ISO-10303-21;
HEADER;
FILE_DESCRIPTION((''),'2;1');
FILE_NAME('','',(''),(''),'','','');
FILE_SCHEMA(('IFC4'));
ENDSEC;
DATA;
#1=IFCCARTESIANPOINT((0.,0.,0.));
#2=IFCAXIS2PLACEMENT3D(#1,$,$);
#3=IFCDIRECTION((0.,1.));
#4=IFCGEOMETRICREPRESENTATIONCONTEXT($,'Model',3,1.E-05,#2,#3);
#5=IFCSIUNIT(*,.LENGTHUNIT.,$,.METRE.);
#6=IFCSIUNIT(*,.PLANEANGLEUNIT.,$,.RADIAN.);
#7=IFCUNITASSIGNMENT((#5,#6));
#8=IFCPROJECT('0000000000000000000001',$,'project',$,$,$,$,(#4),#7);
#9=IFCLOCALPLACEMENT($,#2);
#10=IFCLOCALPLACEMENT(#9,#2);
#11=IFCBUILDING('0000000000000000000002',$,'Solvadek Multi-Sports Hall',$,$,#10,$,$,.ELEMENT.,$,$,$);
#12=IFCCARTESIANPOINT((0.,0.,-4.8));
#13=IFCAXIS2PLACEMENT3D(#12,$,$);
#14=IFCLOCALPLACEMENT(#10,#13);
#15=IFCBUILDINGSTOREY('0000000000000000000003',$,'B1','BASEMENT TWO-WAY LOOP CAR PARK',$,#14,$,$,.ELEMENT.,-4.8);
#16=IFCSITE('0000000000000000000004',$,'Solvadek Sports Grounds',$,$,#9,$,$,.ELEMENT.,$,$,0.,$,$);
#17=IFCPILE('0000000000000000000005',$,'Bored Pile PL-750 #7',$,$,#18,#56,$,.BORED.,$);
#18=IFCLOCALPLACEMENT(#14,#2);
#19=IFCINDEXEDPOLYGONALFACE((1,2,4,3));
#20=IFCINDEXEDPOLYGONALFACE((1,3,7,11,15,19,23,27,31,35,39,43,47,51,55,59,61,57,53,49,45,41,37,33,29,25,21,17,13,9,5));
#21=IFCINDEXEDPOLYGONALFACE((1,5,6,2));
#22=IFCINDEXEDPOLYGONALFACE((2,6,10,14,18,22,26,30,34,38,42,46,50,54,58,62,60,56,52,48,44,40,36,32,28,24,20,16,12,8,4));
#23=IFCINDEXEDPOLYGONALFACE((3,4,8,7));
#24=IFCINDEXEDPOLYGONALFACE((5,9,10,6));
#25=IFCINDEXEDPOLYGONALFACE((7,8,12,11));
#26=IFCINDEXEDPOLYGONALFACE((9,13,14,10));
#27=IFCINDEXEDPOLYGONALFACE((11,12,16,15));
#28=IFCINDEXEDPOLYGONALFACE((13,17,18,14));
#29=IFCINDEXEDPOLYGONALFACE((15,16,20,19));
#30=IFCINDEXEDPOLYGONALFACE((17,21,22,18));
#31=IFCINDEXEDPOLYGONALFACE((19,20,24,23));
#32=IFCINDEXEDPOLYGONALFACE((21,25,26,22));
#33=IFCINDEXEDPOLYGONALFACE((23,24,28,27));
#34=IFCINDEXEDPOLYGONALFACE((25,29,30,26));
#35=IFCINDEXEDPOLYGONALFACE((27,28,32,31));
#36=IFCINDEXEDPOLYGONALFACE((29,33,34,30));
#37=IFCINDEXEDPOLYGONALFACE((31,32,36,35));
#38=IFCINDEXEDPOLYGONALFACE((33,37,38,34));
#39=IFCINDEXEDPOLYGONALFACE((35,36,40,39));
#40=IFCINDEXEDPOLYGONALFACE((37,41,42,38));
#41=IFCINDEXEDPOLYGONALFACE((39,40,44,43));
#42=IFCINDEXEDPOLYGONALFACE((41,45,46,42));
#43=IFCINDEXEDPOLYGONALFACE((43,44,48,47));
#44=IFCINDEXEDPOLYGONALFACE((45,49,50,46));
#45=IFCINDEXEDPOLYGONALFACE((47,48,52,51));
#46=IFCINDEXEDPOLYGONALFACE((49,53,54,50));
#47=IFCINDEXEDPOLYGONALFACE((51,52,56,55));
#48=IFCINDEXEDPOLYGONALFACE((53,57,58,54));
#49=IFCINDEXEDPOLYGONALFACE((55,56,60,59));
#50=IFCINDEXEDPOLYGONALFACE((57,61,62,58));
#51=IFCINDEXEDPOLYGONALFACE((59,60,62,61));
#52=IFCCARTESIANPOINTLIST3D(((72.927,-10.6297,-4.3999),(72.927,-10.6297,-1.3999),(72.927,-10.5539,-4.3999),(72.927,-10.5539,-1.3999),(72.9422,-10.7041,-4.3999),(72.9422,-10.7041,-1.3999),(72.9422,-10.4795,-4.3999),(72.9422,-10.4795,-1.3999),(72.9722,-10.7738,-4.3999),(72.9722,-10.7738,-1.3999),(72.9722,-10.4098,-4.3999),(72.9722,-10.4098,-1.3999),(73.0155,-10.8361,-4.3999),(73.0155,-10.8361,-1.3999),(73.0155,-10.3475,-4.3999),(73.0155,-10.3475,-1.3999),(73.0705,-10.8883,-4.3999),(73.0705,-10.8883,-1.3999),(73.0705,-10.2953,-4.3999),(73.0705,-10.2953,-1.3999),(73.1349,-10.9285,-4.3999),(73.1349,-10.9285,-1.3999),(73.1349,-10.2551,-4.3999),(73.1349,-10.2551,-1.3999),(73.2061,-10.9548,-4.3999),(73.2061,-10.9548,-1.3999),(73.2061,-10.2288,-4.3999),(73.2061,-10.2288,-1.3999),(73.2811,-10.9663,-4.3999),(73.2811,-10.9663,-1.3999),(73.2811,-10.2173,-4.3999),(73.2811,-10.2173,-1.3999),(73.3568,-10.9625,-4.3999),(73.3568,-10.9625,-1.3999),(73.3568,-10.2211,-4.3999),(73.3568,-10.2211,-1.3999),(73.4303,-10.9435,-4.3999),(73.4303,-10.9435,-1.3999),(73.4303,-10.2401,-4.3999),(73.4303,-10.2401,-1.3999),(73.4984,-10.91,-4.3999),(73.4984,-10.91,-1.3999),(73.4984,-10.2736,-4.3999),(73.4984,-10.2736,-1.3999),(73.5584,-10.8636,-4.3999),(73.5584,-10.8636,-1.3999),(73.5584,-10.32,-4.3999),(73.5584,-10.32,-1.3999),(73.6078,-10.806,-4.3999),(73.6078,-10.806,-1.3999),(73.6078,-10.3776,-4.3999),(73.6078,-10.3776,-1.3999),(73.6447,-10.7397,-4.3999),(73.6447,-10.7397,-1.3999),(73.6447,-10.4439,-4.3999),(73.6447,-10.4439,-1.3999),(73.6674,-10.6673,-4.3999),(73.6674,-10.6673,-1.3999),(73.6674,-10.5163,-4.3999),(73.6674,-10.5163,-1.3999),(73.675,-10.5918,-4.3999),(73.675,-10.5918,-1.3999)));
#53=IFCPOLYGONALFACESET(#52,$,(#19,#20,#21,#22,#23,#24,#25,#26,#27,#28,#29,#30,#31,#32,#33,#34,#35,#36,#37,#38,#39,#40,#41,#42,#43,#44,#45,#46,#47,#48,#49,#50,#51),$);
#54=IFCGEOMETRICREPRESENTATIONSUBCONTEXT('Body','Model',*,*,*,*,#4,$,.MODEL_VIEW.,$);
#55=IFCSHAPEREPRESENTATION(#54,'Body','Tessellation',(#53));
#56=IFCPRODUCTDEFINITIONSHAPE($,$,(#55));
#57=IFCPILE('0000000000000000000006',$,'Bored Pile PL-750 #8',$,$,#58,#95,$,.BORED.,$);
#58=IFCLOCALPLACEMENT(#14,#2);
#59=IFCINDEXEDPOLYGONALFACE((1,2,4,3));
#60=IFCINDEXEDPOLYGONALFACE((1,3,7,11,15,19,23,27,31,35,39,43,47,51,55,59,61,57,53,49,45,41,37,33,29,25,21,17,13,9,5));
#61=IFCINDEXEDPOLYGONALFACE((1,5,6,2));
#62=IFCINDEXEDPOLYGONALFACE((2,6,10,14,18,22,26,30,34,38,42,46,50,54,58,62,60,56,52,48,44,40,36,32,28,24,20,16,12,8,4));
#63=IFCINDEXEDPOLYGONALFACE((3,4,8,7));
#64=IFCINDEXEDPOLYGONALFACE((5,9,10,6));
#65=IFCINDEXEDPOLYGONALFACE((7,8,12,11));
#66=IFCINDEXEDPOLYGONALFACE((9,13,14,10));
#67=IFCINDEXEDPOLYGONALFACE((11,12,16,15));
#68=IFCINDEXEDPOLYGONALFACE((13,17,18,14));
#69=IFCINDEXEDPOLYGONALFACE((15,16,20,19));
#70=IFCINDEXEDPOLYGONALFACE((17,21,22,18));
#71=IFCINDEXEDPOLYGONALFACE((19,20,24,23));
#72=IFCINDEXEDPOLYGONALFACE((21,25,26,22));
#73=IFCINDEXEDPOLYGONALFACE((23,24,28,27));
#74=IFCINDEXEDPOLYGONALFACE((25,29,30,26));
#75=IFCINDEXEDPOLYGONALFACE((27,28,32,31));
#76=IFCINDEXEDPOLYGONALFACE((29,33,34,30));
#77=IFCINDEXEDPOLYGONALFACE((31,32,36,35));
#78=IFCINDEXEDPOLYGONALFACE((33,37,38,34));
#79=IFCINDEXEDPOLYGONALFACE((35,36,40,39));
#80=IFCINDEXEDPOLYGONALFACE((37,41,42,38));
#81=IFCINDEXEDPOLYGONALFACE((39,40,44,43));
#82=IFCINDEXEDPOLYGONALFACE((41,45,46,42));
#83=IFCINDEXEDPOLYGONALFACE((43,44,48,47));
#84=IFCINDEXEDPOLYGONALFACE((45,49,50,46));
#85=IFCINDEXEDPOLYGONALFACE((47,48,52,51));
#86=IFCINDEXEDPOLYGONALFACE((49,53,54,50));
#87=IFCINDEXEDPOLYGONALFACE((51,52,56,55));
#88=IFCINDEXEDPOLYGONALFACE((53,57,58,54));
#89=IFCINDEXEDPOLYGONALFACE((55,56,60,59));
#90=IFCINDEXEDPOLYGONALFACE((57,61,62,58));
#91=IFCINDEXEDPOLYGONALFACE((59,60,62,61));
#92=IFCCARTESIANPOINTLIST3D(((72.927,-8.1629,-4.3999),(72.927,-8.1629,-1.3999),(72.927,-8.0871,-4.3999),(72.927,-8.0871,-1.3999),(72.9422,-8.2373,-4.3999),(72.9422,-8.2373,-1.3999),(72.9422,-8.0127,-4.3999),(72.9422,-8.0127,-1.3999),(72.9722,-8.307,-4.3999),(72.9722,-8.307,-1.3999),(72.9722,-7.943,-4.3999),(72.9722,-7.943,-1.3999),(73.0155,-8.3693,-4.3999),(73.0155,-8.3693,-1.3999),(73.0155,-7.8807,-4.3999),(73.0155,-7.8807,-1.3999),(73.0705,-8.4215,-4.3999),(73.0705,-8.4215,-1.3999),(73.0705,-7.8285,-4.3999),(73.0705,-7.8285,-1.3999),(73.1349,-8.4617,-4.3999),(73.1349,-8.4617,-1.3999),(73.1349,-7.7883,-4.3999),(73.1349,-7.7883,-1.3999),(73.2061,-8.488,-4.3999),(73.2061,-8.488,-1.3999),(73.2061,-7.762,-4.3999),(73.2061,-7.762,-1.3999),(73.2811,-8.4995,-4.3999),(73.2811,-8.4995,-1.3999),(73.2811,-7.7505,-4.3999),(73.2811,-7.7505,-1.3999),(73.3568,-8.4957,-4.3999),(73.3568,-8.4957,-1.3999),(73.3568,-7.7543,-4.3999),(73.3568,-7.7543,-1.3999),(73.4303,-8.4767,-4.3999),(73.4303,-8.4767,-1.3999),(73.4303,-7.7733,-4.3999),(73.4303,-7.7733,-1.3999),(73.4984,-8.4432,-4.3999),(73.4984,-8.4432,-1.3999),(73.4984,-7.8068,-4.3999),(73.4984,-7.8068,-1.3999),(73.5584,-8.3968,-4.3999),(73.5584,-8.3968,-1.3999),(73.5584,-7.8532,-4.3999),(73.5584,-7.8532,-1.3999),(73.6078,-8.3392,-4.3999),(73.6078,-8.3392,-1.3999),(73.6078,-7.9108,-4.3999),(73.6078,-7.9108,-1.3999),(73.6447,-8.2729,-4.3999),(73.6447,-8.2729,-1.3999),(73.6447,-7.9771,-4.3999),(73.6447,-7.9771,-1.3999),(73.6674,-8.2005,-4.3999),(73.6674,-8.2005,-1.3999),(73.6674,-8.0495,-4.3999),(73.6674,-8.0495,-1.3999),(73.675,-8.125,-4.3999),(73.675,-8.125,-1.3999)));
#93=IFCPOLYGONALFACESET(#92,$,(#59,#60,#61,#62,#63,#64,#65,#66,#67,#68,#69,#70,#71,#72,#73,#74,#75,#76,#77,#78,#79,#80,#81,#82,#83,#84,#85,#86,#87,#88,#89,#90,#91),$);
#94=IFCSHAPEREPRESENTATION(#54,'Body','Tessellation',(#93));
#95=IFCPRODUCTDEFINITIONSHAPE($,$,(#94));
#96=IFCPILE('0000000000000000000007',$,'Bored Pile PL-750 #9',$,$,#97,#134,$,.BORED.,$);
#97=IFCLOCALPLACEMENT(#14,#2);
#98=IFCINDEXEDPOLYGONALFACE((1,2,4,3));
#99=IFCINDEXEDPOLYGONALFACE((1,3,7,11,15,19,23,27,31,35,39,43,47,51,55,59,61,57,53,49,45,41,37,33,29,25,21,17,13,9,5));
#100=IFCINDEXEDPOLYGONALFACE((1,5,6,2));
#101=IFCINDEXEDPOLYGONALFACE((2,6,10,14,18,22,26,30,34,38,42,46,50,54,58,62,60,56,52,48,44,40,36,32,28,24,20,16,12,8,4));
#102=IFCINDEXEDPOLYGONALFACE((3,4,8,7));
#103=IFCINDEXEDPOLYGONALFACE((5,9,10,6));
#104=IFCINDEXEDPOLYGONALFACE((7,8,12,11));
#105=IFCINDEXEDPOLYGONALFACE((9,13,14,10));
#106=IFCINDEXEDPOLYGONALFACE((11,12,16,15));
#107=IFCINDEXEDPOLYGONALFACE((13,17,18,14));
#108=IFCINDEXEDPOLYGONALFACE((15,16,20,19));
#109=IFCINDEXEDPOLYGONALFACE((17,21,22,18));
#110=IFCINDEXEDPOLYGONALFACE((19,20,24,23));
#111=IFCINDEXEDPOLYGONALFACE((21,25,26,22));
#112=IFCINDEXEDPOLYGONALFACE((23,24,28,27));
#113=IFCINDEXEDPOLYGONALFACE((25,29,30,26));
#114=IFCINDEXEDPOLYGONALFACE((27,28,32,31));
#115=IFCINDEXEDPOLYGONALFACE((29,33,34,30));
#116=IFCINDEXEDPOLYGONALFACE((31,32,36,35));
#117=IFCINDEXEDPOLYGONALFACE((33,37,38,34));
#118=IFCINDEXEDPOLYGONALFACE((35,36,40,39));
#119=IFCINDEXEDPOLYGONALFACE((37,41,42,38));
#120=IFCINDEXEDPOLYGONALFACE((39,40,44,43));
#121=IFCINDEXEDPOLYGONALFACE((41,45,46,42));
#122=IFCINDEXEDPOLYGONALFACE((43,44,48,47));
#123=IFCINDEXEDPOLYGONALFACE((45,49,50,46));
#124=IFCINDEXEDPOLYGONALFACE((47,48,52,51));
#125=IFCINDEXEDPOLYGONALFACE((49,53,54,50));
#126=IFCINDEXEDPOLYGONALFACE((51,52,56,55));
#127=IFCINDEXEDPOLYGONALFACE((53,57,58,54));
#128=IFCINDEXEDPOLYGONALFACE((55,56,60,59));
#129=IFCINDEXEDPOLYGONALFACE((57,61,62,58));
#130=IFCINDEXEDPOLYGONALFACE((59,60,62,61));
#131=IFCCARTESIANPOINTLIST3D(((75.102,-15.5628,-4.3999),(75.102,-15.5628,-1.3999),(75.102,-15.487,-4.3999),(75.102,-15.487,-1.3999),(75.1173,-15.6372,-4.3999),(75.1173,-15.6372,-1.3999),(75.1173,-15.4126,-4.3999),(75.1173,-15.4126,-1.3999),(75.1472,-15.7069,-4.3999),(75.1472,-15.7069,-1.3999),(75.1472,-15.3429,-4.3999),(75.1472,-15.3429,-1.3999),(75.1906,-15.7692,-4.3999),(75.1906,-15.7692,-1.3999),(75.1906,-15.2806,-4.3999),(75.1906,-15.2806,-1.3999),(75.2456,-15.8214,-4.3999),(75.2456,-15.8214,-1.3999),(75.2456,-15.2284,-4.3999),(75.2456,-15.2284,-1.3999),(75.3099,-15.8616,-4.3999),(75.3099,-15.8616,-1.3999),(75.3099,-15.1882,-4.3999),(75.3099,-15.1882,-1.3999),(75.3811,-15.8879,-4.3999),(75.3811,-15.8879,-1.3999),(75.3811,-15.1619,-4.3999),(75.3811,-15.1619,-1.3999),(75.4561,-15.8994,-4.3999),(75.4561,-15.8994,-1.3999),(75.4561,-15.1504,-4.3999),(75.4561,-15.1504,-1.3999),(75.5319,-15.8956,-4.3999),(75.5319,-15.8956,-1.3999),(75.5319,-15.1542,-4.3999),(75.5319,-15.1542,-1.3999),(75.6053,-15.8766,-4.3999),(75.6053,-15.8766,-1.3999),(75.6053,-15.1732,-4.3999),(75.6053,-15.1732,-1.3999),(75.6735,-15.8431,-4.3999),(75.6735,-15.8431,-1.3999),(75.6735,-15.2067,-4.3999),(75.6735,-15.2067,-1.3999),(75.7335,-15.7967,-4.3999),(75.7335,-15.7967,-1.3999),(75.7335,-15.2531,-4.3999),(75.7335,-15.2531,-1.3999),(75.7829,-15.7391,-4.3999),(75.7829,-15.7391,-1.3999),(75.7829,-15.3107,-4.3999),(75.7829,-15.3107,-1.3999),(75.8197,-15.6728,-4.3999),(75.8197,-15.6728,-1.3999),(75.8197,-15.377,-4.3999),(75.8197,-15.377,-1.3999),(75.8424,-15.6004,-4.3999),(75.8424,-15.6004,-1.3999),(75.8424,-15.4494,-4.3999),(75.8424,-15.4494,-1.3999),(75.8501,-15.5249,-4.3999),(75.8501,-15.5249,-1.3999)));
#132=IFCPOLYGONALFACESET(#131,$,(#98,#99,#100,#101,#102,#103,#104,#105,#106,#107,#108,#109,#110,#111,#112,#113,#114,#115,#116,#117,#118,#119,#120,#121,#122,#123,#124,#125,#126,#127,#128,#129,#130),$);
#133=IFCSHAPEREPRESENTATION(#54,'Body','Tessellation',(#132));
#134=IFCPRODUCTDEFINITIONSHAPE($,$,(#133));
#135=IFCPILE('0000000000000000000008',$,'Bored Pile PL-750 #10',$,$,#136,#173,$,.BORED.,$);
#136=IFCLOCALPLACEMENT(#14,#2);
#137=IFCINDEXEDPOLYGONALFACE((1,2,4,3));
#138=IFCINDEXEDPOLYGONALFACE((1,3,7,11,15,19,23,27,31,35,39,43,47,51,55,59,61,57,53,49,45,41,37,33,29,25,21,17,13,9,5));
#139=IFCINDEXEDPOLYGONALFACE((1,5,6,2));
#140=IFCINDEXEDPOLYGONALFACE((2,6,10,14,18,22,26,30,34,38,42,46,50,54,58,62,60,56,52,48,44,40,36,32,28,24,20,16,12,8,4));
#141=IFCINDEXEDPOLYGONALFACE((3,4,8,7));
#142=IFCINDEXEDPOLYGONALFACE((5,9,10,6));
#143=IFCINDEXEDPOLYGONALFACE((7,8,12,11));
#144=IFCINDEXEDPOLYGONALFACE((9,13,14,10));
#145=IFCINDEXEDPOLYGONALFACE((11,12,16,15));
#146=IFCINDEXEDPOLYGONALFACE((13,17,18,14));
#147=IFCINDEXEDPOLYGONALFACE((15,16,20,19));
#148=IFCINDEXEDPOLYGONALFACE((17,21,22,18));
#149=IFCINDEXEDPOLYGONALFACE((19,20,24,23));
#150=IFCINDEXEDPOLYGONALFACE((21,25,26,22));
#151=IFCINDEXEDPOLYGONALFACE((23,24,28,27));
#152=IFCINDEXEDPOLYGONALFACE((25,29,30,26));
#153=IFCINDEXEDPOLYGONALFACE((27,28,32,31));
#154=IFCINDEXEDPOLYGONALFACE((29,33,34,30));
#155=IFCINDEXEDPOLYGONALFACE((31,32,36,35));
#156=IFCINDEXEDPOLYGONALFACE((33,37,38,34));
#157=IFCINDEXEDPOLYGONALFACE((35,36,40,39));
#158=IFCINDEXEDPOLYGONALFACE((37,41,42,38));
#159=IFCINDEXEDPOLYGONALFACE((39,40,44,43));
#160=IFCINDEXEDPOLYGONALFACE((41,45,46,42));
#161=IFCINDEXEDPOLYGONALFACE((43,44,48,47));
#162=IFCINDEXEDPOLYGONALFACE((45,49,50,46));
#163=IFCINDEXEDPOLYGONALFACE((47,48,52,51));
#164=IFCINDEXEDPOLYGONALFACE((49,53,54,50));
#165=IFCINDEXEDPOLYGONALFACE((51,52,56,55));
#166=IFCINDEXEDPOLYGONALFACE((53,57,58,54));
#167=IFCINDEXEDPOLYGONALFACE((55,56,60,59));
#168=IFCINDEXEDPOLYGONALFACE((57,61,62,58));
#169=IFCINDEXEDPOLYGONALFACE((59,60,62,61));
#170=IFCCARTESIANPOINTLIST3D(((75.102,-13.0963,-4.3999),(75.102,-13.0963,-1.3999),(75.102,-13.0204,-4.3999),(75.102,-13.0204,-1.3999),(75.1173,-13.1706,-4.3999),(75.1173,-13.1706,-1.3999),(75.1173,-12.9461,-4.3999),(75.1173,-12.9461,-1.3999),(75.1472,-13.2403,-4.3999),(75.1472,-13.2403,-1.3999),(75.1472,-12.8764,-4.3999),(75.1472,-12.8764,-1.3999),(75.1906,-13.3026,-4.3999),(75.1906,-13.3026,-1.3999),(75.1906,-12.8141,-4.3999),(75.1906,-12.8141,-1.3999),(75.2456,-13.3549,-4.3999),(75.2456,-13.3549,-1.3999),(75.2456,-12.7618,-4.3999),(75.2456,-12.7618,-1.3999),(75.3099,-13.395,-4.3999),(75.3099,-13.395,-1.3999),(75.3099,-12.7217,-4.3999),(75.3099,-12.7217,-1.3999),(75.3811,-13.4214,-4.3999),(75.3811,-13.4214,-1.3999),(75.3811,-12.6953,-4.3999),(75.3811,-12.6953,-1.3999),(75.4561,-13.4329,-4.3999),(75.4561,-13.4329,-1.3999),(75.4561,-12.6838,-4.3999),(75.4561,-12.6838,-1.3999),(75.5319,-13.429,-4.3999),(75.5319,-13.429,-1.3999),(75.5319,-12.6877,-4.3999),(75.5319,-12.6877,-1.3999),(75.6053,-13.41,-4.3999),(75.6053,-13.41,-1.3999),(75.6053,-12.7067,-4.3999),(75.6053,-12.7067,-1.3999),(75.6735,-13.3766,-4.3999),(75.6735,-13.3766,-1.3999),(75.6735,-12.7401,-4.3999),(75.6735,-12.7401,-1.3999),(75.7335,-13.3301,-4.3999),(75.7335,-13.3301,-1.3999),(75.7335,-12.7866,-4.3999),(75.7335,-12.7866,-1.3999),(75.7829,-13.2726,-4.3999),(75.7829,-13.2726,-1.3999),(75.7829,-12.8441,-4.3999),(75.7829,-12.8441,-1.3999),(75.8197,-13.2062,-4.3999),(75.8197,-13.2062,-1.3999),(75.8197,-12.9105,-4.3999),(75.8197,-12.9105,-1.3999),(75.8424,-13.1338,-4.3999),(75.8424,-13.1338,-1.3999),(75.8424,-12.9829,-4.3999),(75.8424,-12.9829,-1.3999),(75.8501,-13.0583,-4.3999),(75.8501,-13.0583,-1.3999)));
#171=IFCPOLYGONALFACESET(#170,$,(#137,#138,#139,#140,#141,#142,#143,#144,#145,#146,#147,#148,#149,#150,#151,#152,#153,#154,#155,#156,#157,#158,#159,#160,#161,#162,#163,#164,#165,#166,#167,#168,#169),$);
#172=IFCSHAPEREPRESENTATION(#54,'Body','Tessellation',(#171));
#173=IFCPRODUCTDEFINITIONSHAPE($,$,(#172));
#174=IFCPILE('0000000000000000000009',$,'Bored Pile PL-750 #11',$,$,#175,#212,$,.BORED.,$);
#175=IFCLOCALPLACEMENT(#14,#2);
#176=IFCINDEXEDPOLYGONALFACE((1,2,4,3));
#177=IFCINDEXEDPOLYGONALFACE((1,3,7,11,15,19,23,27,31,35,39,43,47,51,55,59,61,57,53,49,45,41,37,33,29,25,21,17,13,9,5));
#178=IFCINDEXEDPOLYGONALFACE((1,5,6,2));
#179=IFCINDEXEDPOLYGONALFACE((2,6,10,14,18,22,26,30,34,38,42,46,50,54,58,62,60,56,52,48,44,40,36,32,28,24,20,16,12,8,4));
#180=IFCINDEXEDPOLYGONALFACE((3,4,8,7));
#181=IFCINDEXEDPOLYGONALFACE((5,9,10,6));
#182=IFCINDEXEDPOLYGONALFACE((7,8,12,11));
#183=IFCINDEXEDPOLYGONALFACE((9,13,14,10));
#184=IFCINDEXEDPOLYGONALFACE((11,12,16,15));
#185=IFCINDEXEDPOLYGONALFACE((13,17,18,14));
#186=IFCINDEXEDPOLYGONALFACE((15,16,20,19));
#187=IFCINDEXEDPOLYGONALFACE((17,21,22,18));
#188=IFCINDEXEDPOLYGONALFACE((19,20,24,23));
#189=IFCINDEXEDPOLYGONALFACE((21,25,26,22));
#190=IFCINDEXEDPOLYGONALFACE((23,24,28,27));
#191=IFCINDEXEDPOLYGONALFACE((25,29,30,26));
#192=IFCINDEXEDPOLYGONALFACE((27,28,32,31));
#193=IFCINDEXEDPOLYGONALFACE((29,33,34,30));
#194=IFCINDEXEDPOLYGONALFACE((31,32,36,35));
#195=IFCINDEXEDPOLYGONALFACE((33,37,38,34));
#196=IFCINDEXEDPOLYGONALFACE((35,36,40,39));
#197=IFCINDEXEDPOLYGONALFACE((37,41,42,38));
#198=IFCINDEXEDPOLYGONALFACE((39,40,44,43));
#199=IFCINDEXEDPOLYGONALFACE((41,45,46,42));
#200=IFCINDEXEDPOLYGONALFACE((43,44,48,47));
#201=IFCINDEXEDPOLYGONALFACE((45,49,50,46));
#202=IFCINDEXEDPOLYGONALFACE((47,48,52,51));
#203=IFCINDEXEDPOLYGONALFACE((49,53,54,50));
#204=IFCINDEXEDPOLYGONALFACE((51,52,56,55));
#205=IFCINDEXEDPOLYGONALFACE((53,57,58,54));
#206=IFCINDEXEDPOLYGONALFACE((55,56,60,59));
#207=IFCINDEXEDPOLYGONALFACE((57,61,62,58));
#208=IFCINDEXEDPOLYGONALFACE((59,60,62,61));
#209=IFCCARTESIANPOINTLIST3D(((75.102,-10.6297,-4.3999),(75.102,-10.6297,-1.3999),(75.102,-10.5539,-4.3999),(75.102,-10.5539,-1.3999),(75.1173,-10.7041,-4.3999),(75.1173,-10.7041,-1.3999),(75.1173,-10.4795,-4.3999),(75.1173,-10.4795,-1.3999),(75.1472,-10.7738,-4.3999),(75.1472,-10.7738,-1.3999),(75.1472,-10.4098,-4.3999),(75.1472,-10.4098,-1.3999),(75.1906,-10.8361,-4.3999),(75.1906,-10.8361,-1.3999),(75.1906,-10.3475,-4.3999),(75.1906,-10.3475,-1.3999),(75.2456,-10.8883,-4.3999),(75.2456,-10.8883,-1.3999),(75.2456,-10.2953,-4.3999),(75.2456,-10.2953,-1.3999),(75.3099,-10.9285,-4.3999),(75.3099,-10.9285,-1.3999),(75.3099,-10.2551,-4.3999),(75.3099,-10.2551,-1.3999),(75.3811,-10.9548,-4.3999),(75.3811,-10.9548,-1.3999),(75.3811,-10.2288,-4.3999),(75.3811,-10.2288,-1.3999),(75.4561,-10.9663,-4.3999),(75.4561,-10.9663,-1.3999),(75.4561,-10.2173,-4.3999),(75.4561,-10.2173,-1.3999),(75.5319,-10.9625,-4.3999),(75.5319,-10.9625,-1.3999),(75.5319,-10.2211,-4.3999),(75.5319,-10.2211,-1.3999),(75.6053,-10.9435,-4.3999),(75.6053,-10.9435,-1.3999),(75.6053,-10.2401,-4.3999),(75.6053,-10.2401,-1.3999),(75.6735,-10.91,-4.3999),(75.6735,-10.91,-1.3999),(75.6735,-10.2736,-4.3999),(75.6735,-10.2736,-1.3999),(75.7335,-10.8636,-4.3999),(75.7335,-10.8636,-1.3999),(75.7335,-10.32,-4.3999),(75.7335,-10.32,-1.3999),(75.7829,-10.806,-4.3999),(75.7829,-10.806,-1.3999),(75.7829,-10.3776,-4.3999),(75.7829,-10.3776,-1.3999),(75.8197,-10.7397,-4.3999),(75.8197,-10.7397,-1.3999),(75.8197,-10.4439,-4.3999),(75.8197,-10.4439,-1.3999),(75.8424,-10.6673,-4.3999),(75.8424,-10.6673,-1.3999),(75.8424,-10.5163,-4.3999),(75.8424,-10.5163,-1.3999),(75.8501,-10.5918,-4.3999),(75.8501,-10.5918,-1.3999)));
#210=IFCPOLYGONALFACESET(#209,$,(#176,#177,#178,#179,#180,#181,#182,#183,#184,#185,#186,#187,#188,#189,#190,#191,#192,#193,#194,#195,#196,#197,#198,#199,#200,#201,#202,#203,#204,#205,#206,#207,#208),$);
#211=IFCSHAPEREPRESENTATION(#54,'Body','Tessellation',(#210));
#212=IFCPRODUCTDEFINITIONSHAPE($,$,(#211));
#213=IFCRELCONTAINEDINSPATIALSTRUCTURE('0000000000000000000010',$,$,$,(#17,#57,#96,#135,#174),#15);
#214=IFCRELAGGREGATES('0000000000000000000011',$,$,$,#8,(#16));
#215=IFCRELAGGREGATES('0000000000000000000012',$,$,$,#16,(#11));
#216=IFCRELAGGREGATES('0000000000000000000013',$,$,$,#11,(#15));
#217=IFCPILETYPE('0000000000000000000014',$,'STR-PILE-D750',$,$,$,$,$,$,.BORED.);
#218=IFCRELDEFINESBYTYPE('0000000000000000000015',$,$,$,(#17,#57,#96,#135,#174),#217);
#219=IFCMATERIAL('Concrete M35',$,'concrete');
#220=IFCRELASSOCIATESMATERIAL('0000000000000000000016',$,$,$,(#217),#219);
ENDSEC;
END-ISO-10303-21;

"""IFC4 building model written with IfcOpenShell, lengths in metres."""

from ifc_helpers import new_model, si_unit, direction, frame, origin, origin_2d, place, context, subcontext, project, spatial, circle, extrude, material, material_profile, profile_set, type_object, element, save


model = new_model("IFC4")

# Units and contexts
model_context = context("Model", 3, precision=1e-05, world=origin(), true_north=direction((0.0, 1.0)))
body_context = subcontext(model_context, "Body", "Model", "MODEL_VIEW")
ifc_project = project(units=[si_unit("LENGTHUNIT", "METRE"), si_unit("PLANEANGLEUNIT", "RADIAN")], contexts=[model_context])

# Site, building, storey
site_placement = place(None, origin())
site = spatial("IfcSite", under=ifc_project, at=site_placement, Name="Solvadek Sports Grounds", CompositionType="ELEMENT", RefElevation=0.0)
building_placement = place(site_placement, origin())
building = spatial("IfcBuilding", under=site, at=building_placement, Name="Solvadek Multi-Sports Hall", CompositionType="ELEMENT")
storey_placement = place(building_placement, frame((0.0, 0.0, -4.8)))
storey = spatial("IfcBuildingStorey", under=building, at=storey_placement, Name="B1", Description="BASEMENT TWO-WAY LOOP CAR PARK", CompositionType="ELEMENT", Elevation=-4.8)

# Piles
ifc_material_1 = material(Name="Concrete M35", Category="concrete")
ifc_material_profile_1 = material_profile(ifc_material_1, circle(Radius=0.375, at=origin_2d()), Name="BORED PILE D750")
ifc_profile_set_1 = profile_set([ifc_material_profile_1], Name="Concrete M35")
pile_type_1 = type_object("IfcPileType", Name="STR-PILE-D750", PredefinedType="BORED", material=ifc_profile_set_1)
for number, where, z_axis, x_axis, name in (
    (1, (73.3, -10.5918, -1.3999), (0.0, 0.0, -1.0), (1.0, 0.0, 0.0), "Bored Pile PL-750 #7"),
    (2, (73.3, -8.125, -1.3999), (0.0, 0.0, -1.0), (1.0, 0.0, 0.0), "Bored Pile PL-750 #8"),
    (3, (75.4751, -15.5249, -1.3999), (0.0, 0.0, -1.0), (1.0, 0.0, 0.0), "Bored Pile PL-750 #9"),
    (4, (75.4751, -13.0583, -1.3999), (0.0, 0.0, -1.0), (1.0, 0.0, 0.0), "Bored Pile PL-750 #10"),
    (5, (75.4751, -10.5918, -1.3999), (0.0, 0.0, -1.0), (1.0, 0.0, 0.0), "Bored Pile PL-750 #11"),
):
    element("IfcPile", number, at=place(storey_placement, frame(where, z_axis=z_axis, x_axis=x_axis)), inside=storey, type_object=pile_type_1, Name=name, PredefinedType="BORED", context=body_context, shape_type="SweptSolid", body=[
        extrude(circle(Radius=0.375, at=origin_2d()), origin(), (0.0, 0.0, 1.0), 3.0),
    ])

save(model, "model.ifc")
